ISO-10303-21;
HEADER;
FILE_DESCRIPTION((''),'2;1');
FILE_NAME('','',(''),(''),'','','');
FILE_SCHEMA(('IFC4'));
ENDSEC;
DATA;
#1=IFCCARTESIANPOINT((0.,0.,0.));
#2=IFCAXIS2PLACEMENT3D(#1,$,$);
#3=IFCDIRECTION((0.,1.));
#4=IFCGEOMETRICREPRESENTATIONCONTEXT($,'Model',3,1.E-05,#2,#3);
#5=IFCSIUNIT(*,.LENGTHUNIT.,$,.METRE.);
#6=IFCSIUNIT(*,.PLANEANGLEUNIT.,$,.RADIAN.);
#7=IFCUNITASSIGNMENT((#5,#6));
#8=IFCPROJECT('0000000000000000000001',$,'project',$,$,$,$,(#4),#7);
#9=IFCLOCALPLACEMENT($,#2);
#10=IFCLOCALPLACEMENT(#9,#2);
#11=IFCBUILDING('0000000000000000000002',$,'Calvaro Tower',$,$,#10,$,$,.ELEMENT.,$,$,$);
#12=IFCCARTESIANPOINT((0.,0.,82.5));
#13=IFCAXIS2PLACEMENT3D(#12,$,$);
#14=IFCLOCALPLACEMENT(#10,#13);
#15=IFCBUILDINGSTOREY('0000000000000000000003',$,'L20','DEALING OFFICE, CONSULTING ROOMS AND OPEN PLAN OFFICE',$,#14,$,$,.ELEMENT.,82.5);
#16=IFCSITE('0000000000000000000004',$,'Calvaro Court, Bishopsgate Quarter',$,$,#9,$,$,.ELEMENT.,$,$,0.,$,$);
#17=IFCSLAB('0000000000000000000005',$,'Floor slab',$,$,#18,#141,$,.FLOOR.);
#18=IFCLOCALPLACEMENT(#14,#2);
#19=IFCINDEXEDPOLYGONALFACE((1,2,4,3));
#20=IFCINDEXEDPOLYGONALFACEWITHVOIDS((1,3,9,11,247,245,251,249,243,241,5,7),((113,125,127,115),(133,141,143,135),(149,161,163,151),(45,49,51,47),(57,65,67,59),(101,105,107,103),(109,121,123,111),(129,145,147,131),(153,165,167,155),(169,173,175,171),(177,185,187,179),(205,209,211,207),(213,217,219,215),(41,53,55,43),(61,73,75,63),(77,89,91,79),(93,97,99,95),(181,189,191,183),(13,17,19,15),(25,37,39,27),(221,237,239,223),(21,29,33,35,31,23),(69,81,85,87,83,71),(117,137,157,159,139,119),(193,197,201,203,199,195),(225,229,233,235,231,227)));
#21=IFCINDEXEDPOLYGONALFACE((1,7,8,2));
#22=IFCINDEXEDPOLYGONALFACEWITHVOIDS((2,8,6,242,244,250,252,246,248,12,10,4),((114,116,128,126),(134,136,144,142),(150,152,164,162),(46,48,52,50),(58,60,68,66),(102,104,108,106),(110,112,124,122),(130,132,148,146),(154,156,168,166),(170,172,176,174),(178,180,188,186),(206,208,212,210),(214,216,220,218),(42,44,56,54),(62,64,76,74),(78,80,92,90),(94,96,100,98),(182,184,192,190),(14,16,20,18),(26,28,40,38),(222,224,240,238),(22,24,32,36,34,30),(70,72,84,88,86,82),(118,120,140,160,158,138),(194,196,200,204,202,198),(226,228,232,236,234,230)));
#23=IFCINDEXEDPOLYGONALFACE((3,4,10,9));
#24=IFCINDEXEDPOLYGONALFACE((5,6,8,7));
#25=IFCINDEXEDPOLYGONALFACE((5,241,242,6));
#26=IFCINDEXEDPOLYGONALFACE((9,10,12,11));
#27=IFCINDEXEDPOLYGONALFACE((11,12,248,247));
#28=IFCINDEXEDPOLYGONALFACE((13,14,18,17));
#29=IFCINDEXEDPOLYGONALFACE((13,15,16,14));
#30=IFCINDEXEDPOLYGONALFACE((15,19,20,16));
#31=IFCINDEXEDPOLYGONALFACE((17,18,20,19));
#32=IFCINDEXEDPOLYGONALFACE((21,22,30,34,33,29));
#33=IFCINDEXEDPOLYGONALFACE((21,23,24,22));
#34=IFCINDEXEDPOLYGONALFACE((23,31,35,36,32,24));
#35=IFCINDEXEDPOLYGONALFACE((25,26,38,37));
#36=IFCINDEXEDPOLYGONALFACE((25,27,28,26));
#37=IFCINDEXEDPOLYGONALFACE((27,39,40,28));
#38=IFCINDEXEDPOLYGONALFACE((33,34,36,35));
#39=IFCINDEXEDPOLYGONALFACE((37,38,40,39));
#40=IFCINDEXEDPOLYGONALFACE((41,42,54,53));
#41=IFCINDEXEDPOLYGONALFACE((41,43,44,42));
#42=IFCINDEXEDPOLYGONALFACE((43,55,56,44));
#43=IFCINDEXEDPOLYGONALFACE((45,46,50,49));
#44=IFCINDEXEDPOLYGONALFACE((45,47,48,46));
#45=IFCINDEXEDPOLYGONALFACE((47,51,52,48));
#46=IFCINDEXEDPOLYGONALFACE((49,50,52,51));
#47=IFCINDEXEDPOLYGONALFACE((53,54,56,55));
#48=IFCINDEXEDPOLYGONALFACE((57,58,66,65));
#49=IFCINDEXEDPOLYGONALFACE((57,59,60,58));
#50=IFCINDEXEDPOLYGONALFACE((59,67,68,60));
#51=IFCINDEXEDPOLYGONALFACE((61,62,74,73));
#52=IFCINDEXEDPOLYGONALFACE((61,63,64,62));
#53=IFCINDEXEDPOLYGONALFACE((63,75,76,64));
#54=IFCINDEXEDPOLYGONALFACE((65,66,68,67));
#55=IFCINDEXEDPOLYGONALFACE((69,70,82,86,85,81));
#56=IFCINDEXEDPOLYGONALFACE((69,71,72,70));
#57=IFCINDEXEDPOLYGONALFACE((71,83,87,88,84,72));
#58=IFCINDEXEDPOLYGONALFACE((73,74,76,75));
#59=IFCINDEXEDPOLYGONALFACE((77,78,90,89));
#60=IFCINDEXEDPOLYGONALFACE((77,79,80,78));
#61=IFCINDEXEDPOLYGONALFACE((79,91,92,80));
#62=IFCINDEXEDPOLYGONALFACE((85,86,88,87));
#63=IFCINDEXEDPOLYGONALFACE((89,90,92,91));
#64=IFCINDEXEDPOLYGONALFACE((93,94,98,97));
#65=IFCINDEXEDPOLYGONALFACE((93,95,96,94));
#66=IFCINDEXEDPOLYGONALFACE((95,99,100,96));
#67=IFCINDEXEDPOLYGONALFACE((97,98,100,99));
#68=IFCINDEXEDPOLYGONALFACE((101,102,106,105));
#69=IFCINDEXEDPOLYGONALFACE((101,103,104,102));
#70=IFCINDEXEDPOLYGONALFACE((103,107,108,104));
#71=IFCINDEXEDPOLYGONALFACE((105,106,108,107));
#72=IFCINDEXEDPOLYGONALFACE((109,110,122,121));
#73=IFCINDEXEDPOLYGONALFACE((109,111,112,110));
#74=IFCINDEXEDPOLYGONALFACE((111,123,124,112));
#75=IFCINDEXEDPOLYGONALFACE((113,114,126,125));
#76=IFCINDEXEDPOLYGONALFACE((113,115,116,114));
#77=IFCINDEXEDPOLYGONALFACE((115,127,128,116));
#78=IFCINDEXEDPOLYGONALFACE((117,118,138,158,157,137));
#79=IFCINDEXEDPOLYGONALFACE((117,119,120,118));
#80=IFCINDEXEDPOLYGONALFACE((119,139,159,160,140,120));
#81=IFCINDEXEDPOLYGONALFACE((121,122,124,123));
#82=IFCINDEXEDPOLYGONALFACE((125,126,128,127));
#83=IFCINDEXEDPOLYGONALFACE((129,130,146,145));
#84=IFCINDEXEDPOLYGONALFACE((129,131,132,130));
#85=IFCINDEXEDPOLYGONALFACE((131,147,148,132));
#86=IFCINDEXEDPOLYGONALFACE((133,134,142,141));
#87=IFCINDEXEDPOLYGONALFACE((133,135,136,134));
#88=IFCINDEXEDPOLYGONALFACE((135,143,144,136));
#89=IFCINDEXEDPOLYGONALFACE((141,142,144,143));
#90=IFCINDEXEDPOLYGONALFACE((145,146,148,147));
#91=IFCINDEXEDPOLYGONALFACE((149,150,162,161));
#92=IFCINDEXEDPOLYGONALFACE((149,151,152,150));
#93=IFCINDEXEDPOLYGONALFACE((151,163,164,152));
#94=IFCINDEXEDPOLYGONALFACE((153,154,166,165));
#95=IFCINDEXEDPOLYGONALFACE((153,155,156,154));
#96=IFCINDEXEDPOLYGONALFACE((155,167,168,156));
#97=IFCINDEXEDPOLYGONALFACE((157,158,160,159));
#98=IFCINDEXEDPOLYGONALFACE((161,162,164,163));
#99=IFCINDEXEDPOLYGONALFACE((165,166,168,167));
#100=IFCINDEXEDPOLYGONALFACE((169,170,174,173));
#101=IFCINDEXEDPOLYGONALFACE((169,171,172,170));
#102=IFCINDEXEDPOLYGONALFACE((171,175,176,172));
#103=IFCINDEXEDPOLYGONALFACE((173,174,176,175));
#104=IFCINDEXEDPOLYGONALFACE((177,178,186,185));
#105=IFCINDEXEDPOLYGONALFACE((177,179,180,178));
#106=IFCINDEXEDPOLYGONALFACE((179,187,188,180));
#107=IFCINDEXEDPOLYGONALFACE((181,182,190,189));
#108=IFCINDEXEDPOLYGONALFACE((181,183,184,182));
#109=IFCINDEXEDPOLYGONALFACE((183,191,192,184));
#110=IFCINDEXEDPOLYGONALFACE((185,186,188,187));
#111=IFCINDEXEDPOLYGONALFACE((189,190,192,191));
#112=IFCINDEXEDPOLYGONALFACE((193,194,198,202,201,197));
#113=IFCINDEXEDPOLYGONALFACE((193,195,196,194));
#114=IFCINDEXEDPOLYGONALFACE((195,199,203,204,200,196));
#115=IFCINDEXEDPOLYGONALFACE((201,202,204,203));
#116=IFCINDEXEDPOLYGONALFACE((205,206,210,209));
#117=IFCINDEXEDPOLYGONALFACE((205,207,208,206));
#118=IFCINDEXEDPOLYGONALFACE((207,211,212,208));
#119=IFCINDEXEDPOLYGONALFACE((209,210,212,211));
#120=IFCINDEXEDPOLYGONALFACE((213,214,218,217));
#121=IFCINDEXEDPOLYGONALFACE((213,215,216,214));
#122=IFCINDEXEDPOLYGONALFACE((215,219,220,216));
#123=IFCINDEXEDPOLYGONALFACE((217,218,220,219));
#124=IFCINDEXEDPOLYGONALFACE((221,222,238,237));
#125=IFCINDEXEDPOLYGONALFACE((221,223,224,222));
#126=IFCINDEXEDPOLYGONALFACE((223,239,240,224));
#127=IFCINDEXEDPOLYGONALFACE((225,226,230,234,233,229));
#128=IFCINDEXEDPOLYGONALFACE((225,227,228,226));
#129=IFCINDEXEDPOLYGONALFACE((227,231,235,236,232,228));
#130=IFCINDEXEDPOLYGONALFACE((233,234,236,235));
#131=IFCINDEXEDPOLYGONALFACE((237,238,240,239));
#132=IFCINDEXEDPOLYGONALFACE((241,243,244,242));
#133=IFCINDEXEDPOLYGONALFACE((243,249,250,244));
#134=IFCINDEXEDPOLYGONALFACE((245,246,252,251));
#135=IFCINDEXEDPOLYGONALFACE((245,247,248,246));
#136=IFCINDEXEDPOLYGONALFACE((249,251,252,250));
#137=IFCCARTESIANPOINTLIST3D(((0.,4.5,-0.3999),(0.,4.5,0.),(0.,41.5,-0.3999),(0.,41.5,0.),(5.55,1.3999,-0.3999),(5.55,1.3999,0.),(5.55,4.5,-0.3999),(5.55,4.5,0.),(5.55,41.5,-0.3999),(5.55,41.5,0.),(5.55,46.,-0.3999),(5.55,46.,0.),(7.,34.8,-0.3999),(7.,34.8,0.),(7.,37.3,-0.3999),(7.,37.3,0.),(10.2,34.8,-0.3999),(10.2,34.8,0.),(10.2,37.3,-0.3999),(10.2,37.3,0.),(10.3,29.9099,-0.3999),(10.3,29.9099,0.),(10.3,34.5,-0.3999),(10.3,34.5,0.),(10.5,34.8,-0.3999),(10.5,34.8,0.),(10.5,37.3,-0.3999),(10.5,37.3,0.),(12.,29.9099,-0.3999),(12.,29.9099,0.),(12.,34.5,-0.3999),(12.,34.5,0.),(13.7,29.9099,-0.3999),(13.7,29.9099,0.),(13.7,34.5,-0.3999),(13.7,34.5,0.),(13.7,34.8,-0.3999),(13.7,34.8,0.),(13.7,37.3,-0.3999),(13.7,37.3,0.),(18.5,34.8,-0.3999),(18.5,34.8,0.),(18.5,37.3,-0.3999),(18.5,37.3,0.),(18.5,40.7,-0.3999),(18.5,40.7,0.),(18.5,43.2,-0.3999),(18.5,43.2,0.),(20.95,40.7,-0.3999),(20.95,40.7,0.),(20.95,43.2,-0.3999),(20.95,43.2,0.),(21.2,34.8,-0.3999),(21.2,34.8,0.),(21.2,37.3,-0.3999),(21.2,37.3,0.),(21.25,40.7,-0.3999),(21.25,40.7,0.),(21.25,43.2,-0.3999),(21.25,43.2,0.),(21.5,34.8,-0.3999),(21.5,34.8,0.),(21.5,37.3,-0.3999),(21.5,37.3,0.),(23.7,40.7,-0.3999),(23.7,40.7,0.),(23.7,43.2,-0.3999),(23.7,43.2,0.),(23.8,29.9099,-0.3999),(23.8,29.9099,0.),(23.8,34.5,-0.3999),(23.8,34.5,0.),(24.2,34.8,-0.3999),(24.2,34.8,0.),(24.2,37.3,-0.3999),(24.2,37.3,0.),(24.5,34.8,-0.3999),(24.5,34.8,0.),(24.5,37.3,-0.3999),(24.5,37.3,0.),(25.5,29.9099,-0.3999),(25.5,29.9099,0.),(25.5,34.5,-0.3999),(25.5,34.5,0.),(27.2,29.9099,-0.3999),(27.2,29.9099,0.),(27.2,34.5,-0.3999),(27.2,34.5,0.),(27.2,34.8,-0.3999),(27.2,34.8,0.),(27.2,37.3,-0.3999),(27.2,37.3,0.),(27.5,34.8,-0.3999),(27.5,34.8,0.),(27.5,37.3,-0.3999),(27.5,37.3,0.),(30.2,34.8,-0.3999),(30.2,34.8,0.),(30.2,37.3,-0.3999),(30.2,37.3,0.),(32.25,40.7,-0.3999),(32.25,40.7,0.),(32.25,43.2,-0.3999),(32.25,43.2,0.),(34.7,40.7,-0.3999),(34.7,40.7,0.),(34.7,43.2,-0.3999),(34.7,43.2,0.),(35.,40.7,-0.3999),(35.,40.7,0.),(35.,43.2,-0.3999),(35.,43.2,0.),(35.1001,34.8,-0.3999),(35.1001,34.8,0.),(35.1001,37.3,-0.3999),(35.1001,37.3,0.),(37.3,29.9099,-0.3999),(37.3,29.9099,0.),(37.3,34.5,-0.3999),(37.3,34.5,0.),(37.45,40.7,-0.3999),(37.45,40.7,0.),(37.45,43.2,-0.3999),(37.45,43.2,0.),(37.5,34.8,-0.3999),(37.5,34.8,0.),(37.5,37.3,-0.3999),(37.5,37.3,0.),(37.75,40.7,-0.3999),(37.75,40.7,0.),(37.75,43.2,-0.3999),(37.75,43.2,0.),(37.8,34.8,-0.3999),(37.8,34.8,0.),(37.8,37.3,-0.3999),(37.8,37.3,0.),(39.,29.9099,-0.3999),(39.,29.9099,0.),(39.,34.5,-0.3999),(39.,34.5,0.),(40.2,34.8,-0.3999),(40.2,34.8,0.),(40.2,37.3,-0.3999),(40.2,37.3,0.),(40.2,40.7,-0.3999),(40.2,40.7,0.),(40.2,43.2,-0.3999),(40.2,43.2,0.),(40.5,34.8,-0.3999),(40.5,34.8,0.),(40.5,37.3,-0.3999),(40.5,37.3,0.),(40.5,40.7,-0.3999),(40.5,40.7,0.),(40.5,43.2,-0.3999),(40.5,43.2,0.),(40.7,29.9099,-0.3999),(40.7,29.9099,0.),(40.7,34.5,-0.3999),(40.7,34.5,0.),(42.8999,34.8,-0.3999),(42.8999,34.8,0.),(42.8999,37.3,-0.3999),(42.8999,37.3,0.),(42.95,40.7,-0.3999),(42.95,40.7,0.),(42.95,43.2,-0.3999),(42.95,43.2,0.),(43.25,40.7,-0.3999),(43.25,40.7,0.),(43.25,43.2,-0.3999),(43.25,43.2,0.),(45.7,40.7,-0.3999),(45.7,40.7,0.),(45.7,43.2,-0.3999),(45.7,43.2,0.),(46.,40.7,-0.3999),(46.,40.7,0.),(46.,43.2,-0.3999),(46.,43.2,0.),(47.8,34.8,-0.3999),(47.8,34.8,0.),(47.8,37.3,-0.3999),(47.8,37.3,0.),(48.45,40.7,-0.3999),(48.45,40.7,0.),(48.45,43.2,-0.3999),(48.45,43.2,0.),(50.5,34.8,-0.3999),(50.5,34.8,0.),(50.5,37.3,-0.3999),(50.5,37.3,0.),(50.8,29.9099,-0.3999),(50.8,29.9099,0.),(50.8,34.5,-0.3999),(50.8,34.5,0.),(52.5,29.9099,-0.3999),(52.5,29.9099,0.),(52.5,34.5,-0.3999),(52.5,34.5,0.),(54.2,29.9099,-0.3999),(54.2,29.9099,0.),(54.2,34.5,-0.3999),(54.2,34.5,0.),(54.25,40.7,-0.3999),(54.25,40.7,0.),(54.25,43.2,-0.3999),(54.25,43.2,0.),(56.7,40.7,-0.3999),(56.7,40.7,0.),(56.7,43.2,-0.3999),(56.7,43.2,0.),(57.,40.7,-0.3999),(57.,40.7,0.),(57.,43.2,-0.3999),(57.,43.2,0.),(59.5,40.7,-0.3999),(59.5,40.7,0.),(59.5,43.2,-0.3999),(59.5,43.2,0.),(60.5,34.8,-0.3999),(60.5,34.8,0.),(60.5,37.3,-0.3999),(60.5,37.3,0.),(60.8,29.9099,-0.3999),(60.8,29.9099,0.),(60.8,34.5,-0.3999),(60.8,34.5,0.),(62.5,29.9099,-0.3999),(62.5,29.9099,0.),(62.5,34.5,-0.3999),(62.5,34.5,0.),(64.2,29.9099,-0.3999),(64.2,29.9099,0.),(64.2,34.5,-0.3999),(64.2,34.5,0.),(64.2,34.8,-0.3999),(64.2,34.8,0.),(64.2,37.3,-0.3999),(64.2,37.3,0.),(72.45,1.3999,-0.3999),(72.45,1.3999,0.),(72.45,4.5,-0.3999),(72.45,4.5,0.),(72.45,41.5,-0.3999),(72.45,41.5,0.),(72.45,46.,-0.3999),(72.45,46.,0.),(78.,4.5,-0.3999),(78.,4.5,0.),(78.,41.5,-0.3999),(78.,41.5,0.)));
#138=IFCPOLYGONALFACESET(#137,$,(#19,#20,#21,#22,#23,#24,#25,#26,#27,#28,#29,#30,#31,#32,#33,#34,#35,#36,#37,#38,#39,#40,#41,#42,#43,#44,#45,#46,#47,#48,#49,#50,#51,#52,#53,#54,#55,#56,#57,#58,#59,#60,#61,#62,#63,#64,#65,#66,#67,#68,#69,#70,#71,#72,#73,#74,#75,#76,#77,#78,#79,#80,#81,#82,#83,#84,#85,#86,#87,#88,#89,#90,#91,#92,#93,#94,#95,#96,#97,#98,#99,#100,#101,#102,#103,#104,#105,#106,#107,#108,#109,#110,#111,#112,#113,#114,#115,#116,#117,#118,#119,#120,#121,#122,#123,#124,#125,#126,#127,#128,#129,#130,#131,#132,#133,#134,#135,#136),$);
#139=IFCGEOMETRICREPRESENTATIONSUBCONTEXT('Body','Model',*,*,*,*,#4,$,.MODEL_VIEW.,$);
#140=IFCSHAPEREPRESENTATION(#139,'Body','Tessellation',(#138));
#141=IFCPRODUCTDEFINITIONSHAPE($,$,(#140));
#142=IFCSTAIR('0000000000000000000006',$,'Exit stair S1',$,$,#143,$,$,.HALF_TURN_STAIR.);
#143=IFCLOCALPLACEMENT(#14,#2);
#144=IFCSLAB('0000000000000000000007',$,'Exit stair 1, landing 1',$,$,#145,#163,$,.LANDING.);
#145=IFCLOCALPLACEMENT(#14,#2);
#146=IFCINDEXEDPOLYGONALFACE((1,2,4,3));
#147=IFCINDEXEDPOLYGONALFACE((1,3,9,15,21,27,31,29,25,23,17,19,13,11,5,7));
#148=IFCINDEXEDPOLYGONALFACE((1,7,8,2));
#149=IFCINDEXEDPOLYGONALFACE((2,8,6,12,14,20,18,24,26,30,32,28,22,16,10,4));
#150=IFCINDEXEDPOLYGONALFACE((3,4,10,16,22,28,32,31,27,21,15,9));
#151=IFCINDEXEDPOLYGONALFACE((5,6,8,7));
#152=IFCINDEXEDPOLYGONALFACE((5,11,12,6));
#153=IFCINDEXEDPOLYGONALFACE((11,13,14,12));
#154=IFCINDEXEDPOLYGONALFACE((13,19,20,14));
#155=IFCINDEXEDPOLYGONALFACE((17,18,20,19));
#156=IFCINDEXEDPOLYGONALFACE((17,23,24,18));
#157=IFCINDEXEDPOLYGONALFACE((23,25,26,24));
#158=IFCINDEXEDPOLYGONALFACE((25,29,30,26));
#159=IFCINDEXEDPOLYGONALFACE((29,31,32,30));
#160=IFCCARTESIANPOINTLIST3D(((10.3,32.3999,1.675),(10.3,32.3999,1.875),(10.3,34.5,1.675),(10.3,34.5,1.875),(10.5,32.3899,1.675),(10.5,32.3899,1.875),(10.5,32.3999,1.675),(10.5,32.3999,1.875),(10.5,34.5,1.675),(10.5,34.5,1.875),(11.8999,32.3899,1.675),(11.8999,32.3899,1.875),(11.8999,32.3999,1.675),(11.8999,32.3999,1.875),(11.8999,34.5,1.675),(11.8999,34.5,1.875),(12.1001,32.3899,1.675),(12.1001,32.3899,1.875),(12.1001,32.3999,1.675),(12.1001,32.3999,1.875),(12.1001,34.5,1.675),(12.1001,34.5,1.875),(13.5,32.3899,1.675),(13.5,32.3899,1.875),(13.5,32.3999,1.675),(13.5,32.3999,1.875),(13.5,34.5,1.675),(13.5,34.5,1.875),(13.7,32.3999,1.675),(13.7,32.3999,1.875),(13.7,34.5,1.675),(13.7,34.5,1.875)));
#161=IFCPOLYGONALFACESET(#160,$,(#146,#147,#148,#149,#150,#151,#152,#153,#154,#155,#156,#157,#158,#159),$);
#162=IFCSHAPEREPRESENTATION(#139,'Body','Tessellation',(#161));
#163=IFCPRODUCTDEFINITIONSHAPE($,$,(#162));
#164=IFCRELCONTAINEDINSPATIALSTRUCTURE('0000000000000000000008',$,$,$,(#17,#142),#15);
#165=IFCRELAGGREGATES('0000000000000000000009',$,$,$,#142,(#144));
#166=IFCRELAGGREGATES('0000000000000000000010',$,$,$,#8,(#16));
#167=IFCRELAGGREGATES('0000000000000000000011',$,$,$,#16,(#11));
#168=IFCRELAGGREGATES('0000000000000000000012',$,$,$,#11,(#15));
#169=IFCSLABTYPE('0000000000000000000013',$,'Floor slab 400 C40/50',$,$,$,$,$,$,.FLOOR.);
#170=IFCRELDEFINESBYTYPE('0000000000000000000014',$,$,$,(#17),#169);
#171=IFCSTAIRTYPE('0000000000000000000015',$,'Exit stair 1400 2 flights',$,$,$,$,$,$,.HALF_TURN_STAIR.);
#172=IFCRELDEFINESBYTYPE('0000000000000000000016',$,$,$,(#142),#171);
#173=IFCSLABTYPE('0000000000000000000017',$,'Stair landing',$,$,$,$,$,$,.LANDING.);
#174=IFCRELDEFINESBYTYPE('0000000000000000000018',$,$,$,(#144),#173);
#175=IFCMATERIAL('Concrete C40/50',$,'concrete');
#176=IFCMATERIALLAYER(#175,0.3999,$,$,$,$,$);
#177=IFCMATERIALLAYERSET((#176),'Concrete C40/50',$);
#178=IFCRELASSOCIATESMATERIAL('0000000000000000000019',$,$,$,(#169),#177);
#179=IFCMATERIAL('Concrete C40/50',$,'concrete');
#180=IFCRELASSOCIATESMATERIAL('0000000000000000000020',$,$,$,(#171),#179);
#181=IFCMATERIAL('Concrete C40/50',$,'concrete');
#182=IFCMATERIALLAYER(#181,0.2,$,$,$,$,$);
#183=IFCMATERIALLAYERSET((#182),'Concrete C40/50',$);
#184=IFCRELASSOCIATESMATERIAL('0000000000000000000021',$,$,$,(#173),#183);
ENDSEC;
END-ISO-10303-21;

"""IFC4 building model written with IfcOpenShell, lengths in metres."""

from ifc_helpers import new_model, si_unit, direction, frame, origin, place, context, subcontext, project, spatial, polyline, outline, extrude, material, layer, layer_set, type_object, element, aggregate, save


model = new_model("IFC4")

# Units and contexts
model_context = context("Model", 3, precision=1e-05, world=origin(), true_north=direction((0.0, 1.0)))
body_context = subcontext(model_context, "Body", "Model", "MODEL_VIEW")
ifc_project = project(units=[si_unit("LENGTHUNIT", "METRE"), si_unit("PLANEANGLEUNIT", "RADIAN")], contexts=[model_context])

# Site, building, storey
site_placement = place(None, origin())
site = spatial("IfcSite", under=ifc_project, at=site_placement, Name="Calvaro Court, Bishopsgate Quarter", CompositionType="ELEMENT", RefElevation=0.0)
building_placement = place(site_placement, origin())
building = spatial("IfcBuilding", under=site, at=building_placement, Name="Calvaro Tower", CompositionType="ELEMENT")
storey_placement = place(building_placement, frame((0.0, 0.0, 82.5)))
storey = spatial("IfcBuildingStorey", under=building, at=storey_placement, Name="L20", Description="DEALING OFFICE, CONSULTING ROOMS AND OPEN PLAN OFFICE", CompositionType="ELEMENT", Elevation=82.5)

# Slab
ifc_material_1 = material(Name="Concrete C40/50", Category="concrete")
ifc_layer_1 = layer(ifc_material_1, 0.3999)
ifc_layer_set_1 = layer_set([ifc_layer_1], Name="Concrete C40/50")
slab_type_1 = type_object("IfcSlabType", Name="Floor slab 400 C40/50", PredefinedType="FLOOR", material=ifc_layer_set_1)
slab_1_placement = place(storey_placement, frame((0.0, 0.0, -0.3999)))
element("IfcSlab", 1, at=slab_1_placement, inside=storey, type_object=slab_type_1, Name="Floor slab", PredefinedType="FLOOR", context=body_context, shape_type="SweptSolid", body=[
    extrude(outline(polyline([(72.45, 4.5), (72.45, 1.3999), (5.55, 1.3999), (5.55, 4.5), (0.0, 4.5), (0.0, 41.5), (5.55, 41.5), (5.55, 46.0), (72.45, 46.0), (72.45, 41.5), (78.0, 41.5), (78.0, 4.5), (72.45, 4.5)]), holes=[polyline([(10.3, 29.9099), (10.3, 34.5), (12.0, 34.5), (13.7, 34.5), (13.7, 29.9099), (12.0, 29.9099), (10.3, 29.9099)]), polyline([(23.8, 29.9099), (23.8, 34.5), (25.5, 34.5), (27.2, 34.5), (27.2, 29.9099), (25.5, 29.9099), (23.8, 29.9099)]), polyline([(37.3, 29.9099), (37.3, 34.5), (39.0, 34.5), (40.7, 34.5), (40.7, 29.9099), (39.0, 29.9099), (37.3, 29.9099)]), polyline([(50.8, 29.9099), (50.8, 34.5), (52.5, 34.5), (54.2, 34.5), (54.2, 29.9099), (52.5, 29.9099), (50.8, 29.9099)]), polyline([(60.8, 29.9099), (60.8, 34.5), (62.5, 34.5), (64.2, 34.5), (64.2, 29.9099), (62.5, 29.9099), (60.8, 29.9099)]), polyline([(18.5, 34.8), (21.2, 34.8), (21.2, 37.3), (18.5, 37.3), (18.5, 34.8)]), polyline([(21.5, 34.8), (24.2, 34.8), (24.2, 37.3), (21.5, 37.3), (21.5, 34.8)]), polyline([(24.5, 34.8), (27.2, 34.8), (27.2, 37.3), (24.5, 37.3), (24.5, 34.8)]), polyline([(35.1001, 34.8), (37.5, 34.8), (37.5, 37.3), (35.1001, 37.3), (35.1001, 34.8)]), polyline([(37.8, 34.8), (40.2, 34.8), (40.2, 37.3), (37.8, 37.3), (37.8, 34.8)]), polyline([(40.5, 34.8), (42.8999, 34.8), (42.8999, 37.3), (40.5, 37.3), (40.5, 34.8)]), polyline([(18.5, 40.7), (20.95, 40.7), (20.95, 43.2), (18.5, 43.2), (18.5, 40.7)]), polyline([(21.25, 40.7), (23.7, 40.7), (23.7, 43.2), (21.25, 43.2), (21.25, 40.7)]), polyline([(32.25, 40.7), (34.7, 40.7), (34.7, 43.2), (32.25, 43.2), (32.25, 40.7)]), polyline([(35.0, 40.7), (37.45, 40.7), (37.45, 43.2), (35.0, 43.2), (35.0, 40.7)]), polyline([(37.75, 40.7), (40.2, 40.7), (40.2, 43.2), (37.75, 43.2), (37.75, 40.7)]), polyline([(40.5, 40.7), (42.95, 40.7), (42.95, 43.2), (40.5, 43.2), (40.5, 40.7)]), polyline([(43.25, 40.7), (45.7, 40.7), (45.7, 43.2), (43.25, 43.2), (43.25, 40.7)]), polyline([(46.0, 40.7), (48.45, 40.7), (48.45, 43.2), (46.0, 43.2), (46.0, 40.7)]), polyline([(54.25, 40.7), (56.7, 40.7), (56.7, 43.2), (54.25, 43.2), (54.25, 40.7)]), polyline([(57.0, 40.7), (59.5, 40.7), (59.5, 43.2), (57.0, 43.2), (57.0, 40.7)]), polyline([(7.0, 34.8), (10.2, 34.8), (10.2, 37.3), (7.0, 37.3), (7.0, 34.8)]), polyline([(10.5, 34.8), (13.7, 34.8), (13.7, 37.3), (10.5, 37.3), (10.5, 34.8)]), polyline([(60.5, 34.8), (64.2, 34.8), (64.2, 37.3), (60.5, 37.3), (60.5, 34.8)]), polyline([(27.5, 34.8), (30.2, 34.8), (30.2, 37.3), (27.5, 37.3), (27.5, 34.8)]), polyline([(47.8, 34.8), (50.5, 34.8), (50.5, 37.3), (47.8, 37.3), (47.8, 34.8)])]), origin(), (0.0, 0.0, 1.0), 0.3999),
])

# Stair, slab
ifc_material_2 = material(Name="Concrete C40/50", Category="concrete")
stair_type = type_object("IfcStairType", Name="Exit stair 1400 2 flights", PredefinedType="HALF_TURN_STAIR", material=ifc_material_2)
stair_1_placement = place(storey_placement, origin())
stair_1 = element("IfcStair", 2, at=stair_1_placement, inside=storey, type_object=stair_type, Name="Exit stair S1", PredefinedType="HALF_TURN_STAIR")
ifc_material_3 = material(Name="Concrete C40/50", Category="concrete")
ifc_layer_2 = layer(ifc_material_3, 0.2)
ifc_layer_set_2 = layer_set([ifc_layer_2], Name="Concrete C40/50")
slab_type_2 = type_object("IfcSlabType", Name="Stair landing", PredefinedType="LANDING", material=ifc_layer_set_2)
slab_2_placement = place(storey_placement, frame((0.0, 0.0, 1.675)))
slab_2 = element("IfcSlab", 3, at=slab_2_placement, type_object=slab_type_2, Name="Exit stair 1, landing 1", PredefinedType="LANDING", context=body_context, shape_type="SweptSolid", body=[
    extrude(outline(polyline([(11.8999, 32.3899), (10.5, 32.3899), (10.5, 32.3999), (10.3, 32.3999), (10.3, 34.5), (10.5, 34.5), (11.8999, 34.5), (12.1001, 34.5), (13.5, 34.5), (13.7, 34.5), (13.7, 32.3999), (13.5, 32.3999), (13.5, 32.3899), (12.1001, 32.3899), (12.1001, 32.3999), (11.8999, 32.3999), (11.8999, 32.3899)])), origin(), (0.0, 0.0, 1.0), 0.2),
])
aggregate(stair_1, [slab_2])

save(model, "model.ifc")
